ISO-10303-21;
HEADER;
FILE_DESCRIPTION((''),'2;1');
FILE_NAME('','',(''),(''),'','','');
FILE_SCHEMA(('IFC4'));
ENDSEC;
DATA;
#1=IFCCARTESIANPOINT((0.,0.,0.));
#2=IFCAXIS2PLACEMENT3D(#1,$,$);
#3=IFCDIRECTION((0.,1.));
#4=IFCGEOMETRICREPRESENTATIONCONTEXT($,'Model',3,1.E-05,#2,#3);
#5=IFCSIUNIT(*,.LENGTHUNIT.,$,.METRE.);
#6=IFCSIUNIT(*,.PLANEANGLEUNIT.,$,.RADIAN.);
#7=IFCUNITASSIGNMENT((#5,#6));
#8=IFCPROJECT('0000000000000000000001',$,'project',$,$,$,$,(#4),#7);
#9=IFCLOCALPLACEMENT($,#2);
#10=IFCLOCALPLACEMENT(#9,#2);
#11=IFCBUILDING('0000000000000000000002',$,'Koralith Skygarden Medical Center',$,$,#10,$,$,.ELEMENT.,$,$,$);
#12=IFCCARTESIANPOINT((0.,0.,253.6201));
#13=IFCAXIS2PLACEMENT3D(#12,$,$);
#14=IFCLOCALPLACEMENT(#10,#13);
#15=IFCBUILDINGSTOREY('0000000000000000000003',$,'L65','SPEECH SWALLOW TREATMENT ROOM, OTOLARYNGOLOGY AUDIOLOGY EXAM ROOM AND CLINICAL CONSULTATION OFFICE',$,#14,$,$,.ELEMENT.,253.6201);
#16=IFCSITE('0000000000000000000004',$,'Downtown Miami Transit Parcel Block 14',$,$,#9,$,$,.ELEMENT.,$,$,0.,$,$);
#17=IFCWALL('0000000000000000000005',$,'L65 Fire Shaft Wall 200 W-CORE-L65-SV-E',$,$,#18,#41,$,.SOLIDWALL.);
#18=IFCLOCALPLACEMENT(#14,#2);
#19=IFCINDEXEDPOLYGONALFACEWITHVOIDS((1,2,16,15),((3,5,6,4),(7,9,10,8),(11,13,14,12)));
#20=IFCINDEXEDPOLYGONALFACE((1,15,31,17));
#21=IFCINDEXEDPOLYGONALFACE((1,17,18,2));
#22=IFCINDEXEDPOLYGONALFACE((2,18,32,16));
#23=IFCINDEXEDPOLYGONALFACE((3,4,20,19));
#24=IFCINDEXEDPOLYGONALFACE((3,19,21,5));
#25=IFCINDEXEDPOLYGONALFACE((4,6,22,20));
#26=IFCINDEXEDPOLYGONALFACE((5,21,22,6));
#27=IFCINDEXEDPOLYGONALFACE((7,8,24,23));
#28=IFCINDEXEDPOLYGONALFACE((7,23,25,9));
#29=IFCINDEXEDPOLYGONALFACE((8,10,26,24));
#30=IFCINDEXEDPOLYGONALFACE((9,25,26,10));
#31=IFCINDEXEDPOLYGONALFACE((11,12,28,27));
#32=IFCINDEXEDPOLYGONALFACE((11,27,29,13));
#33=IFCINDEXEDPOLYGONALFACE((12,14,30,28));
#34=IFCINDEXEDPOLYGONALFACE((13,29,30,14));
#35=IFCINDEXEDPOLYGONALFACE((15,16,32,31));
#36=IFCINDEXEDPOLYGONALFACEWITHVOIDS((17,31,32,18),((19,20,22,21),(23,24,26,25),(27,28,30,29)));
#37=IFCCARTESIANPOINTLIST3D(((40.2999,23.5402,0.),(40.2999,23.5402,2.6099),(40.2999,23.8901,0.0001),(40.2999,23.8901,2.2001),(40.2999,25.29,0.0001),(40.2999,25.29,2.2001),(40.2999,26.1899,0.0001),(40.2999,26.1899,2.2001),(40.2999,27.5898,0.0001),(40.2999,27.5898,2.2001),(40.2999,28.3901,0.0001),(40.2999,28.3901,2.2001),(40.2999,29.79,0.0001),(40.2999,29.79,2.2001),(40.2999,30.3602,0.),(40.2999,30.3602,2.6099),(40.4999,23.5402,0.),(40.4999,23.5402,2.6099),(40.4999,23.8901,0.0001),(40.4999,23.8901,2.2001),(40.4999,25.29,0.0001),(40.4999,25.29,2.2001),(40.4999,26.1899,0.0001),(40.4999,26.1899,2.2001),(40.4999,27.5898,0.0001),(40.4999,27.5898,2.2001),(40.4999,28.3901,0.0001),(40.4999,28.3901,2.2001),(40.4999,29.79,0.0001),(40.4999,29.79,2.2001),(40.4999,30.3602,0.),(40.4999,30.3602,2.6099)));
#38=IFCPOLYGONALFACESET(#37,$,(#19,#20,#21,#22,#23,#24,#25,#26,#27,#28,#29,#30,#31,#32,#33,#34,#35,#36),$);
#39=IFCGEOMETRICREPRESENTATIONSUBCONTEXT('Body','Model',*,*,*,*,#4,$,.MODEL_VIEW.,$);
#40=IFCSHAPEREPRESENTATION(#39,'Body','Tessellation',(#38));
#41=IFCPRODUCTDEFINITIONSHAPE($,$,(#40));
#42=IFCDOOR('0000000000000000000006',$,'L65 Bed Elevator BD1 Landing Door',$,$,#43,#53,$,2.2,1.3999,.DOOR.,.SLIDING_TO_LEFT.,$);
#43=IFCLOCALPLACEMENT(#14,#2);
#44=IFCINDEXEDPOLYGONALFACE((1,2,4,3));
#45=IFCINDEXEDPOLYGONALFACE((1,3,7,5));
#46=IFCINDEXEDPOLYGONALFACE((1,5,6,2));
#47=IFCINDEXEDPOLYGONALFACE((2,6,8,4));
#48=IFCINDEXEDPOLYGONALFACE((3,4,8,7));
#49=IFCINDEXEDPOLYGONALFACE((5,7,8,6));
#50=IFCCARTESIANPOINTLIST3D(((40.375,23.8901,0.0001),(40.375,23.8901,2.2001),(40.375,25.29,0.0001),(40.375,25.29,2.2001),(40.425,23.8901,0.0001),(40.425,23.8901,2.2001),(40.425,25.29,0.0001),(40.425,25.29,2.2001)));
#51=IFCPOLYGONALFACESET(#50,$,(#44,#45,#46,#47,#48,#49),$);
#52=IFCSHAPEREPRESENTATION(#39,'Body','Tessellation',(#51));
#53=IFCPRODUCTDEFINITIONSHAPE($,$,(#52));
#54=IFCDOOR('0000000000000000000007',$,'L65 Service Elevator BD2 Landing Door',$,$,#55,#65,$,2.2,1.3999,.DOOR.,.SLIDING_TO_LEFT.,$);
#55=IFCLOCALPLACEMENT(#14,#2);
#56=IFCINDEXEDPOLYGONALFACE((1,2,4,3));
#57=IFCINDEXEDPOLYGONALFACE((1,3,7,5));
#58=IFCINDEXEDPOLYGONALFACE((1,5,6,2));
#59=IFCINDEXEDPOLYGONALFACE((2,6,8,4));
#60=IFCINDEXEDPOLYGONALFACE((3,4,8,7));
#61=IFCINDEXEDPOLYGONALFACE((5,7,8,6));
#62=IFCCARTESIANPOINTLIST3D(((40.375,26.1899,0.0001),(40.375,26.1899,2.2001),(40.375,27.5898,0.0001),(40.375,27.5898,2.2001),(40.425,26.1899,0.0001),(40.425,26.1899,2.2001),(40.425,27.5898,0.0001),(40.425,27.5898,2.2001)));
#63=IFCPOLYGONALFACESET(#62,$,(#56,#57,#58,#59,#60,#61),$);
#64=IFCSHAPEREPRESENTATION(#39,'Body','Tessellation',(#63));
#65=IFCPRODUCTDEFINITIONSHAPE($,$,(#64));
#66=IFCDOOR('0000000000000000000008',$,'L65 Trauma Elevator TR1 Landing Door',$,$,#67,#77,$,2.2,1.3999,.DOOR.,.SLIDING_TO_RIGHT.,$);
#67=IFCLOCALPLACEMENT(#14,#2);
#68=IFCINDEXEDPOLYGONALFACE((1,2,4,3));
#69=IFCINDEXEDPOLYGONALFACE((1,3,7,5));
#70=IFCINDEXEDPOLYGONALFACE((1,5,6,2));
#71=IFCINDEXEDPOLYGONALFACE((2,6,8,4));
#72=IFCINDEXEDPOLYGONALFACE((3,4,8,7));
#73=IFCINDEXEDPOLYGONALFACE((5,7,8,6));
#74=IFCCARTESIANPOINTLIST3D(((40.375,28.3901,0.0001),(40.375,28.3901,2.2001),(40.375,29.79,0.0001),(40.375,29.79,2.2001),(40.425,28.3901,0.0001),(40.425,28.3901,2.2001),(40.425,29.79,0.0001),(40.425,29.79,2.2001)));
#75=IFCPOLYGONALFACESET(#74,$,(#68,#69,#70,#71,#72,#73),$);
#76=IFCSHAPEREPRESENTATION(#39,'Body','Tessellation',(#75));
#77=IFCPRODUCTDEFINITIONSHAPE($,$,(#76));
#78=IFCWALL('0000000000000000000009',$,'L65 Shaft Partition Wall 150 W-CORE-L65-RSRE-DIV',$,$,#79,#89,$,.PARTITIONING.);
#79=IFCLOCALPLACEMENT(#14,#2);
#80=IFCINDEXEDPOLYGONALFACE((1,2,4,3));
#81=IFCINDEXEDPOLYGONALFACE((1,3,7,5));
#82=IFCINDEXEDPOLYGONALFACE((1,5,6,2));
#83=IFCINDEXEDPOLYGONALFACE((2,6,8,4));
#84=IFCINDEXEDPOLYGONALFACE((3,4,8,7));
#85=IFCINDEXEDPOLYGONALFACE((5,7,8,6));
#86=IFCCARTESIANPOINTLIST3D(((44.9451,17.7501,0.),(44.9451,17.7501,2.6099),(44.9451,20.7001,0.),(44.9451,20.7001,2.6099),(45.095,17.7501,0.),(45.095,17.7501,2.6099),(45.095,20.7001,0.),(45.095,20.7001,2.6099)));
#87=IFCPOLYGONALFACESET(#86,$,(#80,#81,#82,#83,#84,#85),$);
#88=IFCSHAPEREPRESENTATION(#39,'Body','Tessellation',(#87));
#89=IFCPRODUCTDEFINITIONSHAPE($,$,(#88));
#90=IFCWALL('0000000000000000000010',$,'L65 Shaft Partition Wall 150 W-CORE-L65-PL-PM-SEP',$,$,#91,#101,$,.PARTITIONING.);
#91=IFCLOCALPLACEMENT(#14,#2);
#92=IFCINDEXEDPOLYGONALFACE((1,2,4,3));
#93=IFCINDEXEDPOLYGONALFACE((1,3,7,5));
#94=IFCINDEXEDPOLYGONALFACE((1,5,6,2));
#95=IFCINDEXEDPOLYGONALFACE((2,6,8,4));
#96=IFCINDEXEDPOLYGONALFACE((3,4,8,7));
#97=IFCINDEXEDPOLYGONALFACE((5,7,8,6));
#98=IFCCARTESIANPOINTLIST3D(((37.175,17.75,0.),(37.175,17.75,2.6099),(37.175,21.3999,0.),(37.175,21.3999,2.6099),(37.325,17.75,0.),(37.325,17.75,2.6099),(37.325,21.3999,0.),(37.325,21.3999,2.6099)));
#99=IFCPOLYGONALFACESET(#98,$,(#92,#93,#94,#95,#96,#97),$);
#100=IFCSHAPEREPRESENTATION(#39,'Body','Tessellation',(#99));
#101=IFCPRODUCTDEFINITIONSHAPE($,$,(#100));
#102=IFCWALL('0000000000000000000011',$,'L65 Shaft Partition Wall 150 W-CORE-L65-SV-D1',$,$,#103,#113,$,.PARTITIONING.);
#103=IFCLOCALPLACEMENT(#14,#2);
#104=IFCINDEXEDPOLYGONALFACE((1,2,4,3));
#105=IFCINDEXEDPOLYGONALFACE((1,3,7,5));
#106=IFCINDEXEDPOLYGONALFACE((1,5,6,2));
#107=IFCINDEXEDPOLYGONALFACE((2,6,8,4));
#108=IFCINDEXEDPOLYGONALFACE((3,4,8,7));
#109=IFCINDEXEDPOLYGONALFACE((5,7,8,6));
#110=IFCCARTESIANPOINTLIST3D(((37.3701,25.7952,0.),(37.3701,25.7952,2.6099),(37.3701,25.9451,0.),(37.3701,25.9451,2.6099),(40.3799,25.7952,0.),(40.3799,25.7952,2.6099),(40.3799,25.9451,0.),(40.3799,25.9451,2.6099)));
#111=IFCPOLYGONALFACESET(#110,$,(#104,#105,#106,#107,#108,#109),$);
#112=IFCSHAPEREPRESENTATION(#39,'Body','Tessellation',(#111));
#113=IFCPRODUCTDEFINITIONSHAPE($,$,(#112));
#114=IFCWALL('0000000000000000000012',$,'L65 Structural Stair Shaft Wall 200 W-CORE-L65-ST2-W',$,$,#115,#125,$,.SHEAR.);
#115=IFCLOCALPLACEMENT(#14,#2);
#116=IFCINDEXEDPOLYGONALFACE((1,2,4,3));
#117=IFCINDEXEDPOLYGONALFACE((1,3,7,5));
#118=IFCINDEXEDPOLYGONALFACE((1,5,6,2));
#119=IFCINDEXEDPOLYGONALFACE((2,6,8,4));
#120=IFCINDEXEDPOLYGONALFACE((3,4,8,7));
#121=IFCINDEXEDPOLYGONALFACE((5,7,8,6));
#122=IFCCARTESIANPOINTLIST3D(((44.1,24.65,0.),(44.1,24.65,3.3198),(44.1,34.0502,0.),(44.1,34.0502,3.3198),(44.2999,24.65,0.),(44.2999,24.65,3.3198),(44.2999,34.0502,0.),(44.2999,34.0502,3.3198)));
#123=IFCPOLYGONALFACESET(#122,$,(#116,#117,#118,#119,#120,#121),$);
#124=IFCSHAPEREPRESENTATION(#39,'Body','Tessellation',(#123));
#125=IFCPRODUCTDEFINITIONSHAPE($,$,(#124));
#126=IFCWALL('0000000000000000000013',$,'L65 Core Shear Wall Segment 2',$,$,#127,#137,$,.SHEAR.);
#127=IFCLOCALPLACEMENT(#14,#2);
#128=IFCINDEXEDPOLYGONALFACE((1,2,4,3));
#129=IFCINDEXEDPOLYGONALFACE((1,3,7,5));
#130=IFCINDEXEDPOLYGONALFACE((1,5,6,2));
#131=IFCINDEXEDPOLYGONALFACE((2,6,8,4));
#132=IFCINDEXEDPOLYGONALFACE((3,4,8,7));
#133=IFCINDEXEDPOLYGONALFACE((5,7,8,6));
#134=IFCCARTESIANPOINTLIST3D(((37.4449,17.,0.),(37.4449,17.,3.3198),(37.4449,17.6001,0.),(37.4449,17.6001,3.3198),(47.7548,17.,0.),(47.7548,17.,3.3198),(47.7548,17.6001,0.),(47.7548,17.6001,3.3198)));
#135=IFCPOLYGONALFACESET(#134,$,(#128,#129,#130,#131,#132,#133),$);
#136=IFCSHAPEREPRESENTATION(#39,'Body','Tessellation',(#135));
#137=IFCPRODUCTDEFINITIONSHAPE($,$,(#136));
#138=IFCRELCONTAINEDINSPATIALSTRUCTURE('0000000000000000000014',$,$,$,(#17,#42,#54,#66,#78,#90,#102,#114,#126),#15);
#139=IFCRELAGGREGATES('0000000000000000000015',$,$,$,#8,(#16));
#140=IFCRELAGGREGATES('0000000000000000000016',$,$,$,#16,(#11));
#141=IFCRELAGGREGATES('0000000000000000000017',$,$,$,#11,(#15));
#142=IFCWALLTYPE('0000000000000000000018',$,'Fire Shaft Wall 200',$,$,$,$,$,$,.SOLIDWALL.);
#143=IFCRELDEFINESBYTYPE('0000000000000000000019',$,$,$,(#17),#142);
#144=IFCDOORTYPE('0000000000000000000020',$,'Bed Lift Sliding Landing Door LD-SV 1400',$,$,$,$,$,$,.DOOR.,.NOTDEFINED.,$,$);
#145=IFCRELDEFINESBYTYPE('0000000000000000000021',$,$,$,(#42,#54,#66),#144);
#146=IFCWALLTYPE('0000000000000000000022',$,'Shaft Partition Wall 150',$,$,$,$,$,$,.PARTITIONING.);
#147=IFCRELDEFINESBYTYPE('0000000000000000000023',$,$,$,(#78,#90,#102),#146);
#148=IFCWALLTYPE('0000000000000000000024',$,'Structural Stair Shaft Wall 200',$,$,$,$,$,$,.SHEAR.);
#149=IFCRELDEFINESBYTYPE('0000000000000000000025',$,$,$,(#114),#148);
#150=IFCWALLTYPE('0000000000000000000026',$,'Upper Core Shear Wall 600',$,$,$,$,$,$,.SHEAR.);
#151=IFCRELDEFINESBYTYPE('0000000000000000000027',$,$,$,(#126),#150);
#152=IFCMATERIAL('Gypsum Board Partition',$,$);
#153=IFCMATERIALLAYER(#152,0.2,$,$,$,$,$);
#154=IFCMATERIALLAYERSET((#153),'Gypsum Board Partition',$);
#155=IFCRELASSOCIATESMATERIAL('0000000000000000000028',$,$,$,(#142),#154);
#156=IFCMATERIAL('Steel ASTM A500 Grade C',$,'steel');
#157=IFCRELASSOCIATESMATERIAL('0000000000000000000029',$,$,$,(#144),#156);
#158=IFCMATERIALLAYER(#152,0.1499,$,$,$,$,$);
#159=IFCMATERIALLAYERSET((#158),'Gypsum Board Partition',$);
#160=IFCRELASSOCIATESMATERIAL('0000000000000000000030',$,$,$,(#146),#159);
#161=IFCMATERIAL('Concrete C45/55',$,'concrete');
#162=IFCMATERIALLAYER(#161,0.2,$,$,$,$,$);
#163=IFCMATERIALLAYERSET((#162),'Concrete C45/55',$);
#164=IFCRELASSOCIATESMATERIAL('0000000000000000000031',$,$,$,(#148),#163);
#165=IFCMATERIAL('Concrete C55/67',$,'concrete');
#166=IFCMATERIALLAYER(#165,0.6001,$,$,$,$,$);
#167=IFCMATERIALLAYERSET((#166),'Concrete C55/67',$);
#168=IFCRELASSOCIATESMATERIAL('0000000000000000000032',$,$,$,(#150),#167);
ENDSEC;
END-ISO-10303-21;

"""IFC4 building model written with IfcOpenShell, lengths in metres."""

from ifc_helpers import new_model, si_unit, direction, frame, frame_2d, origin, place, context, subcontext, project, spatial, rectangle, extrude, material, layer, layer_set, type_object, element, fill, save


model = new_model("IFC4")

# Units and contexts
model_context = context("Model", 3, precision=1e-05, world=origin(), true_north=direction((0.0, 1.0)))
body_context = subcontext(model_context, "Body", "Model", "MODEL_VIEW")
ifc_project = project(units=[si_unit("LENGTHUNIT", "METRE"), si_unit("PLANEANGLEUNIT", "RADIAN")], contexts=[model_context])

# Site, building, storey
site_placement = place(None, origin())
site = spatial("IfcSite", under=ifc_project, at=site_placement, Name="Downtown Miami Transit Parcel Block 14", CompositionType="ELEMENT", RefElevation=0.0)
building_placement = place(site_placement, origin())
building = spatial("IfcBuilding", under=site, at=building_placement, Name="Koralith Skygarden Medical Center", CompositionType="ELEMENT")
storey_placement = place(building_placement, frame((0.0, 0.0, 253.6201)))
storey = spatial("IfcBuildingStorey", under=building, at=storey_placement, Name="L65", Description="SPEECH SWALLOW TREATMENT ROOM, OTOLARYNGOLOGY AUDIOLOGY EXAM ROOM AND CLINICAL CONSULTATION OFFICE", CompositionType="ELEMENT", Elevation=253.6201)

# Shared definitions
ifc_material_1 = material(Name="Concrete C55/67", Category="concrete")

# Shared definitions
ifc_material_2 = material(Name="Concrete C45/55", Category="concrete")

# Shared definitions
ifc_material_3 = material(Name="Gypsum Board Partition")

# Shared definitions
ifc_layer_1 = layer(ifc_material_3, 0.2)
ifc_layer_set_1 = layer_set([ifc_layer_1], Name="Gypsum Board Partition")
wall_type_1 = type_object("IfcWallType", Name="Fire Shaft Wall 200", PredefinedType="SOLIDWALL", material=ifc_layer_set_1)
ifc_material_4 = material(Name="Steel ASTM A500 Grade C", Category="steel")

# Wall, openings, doors
wall_1_placement = place(storey_placement, frame((40.3999, 23.54, 0.0), z_axis=(0.0, 0.0, 1.0), x_axis=(0.0, 1.0, 0.0)))
wall_1 = element("IfcWall", 1, at=wall_1_placement, inside=storey, type_object=wall_type_1, Name="L65 Fire Shaft Wall 200 W-CORE-L65-SV-E", PredefinedType="SOLIDWALL", context=body_context, shape_type="SweptSolid", body=[
    extrude(rectangle(XDim=6.8201, YDim=0.2, at=frame_2d((3.4102, 0.0))), origin(), (0.0, 0.0, 1.0), 2.6099),
])
opening_1_placement = place(wall_1_placement, frame((0.3501, 0.0, 0.0)))
opening_1 = element("IfcOpeningElement", 2, at=opening_1_placement, cuts=wall_1, PredefinedType="OPENING", context=body_context, shape_type="SweptSolid", body=[
    extrude(rectangle(XDim=1.3999, YDim=2.2, at=frame_2d((0.7, 1.1001))), frame((0.0, 0.1099, 0.0), z_axis=(0.0, -1.0, 0.0), x_axis=(1.0, 0.0, 0.0)), (0.0, 0.0, 1.0), 0.22),
])
opening_2_placement = place(wall_1_placement, frame((2.6499, 0.0, 0.0)))
opening_2 = element("IfcOpeningElement", 3, at=opening_2_placement, cuts=wall_1, PredefinedType="OPENING", context=body_context, shape_type="SweptSolid", body=[
    extrude(rectangle(XDim=1.3999, YDim=2.2, at=frame_2d((0.7, 1.1001))), frame((0.0, 0.1099, 0.0), z_axis=(0.0, -1.0, 0.0), x_axis=(1.0, 0.0, 0.0)), (0.0, 0.0, 1.0), 0.22),
])
opening_3_placement = place(wall_1_placement, frame((4.8501, 0.0, 0.0)))
opening_3 = element("IfcOpeningElement", 4, at=opening_3_placement, cuts=wall_1, PredefinedType="OPENING", context=body_context, shape_type="SweptSolid", body=[
    extrude(rectangle(XDim=1.3999, YDim=2.2, at=frame_2d((0.7, 1.1001))), frame((0.0, 0.1099, 0.0), z_axis=(0.0, -1.0, 0.0), x_axis=(1.0, 0.0, 0.0)), (0.0, 0.0, 1.0), 0.22),
])
door_type_1 = type_object("IfcDoorType", Name="Bed Lift Sliding Landing Door LD-SV 1400", OperationType="NOTDEFINED", PredefinedType="DOOR", material=ifc_material_4)
door_1_placement = place(opening_1_placement, origin())
door_1 = element("IfcDoor", 5, at=door_1_placement, inside=storey, type_object=door_type_1, Name="L65 Bed Elevator BD1 Landing Door", OperationType="SLIDING_TO_LEFT", OverallHeight=2.2, OverallWidth=1.3999, PredefinedType="DOOR", context=body_context, shape_type="SweptSolid", body=[
    extrude(rectangle(XDim=1.3999, YDim=2.2, at=frame_2d((0.7, 1.1001))), frame((0.0, 0.0249, 0.0), z_axis=(0.0, -1.0, 0.0), x_axis=(1.0, 0.0, 0.0)), (0.0, 0.0, 1.0), 0.05),
])
fill(opening_1, door_1)
door_2_placement = place(opening_2_placement, origin())
door_2 = element("IfcDoor", 6, at=door_2_placement, inside=storey, type_object=door_type_1, Name="L65 Service Elevator BD2 Landing Door", OperationType="SLIDING_TO_LEFT", OverallHeight=2.2, OverallWidth=1.3999, PredefinedType="DOOR", context=body_context, shape_type="SweptSolid", body=[
    extrude(rectangle(XDim=1.3999, YDim=2.2, at=frame_2d((0.7, 1.1001))), frame((0.0, 0.0249, 0.0), z_axis=(0.0, -1.0, 0.0), x_axis=(1.0, 0.0, 0.0)), (0.0, 0.0, 1.0), 0.05),
])
fill(opening_2, door_2)
door_3_placement = place(opening_3_placement, origin())
door_3 = element("IfcDoor", 7, at=door_3_placement, inside=storey, type_object=door_type_1, Name="L65 Trauma Elevator TR1 Landing Door", OperationType="SLIDING_TO_RIGHT", OverallHeight=2.2, OverallWidth=1.3999, PredefinedType="DOOR", context=body_context, shape_type="SweptSolid", body=[
    extrude(rectangle(XDim=1.3999, YDim=2.2, at=frame_2d((0.7, 1.1001))), frame((0.0, 0.0249, 0.0), z_axis=(0.0, -1.0, 0.0), x_axis=(1.0, 0.0, 0.0)), (0.0, 0.0, 1.0), 0.05),
])
fill(opening_3, door_3)

# Walls
ifc_layer_2 = layer(ifc_material_3, 0.1499)
ifc_layer_set_2 = layer_set([ifc_layer_2], Name="Gypsum Board Partition")
wall_type_2 = type_object("IfcWallType", Name="Shaft Partition Wall 150", PredefinedType="PARTITIONING", material=ifc_layer_set_2)
wall_2_placement = place(storey_placement, frame((45.02, 17.75, 0.0), z_axis=(0.0, 0.0, 1.0), x_axis=(0.0, 1.0, 0.0)))
element("IfcWall", 8, at=wall_2_placement, inside=storey, type_object=wall_type_2, Name="L65 Shaft Partition Wall 150 W-CORE-L65-RSRE-DIV", PredefinedType="PARTITIONING", context=body_context, shape_type="SweptSolid", body=[
    extrude(rectangle(XDim=2.95, YDim=0.1499, at=frame_2d((1.4751, 0.0))), origin(), (0.0, 0.0, 1.0), 2.6099),
])
wall_3_placement = place(storey_placement, frame((37.25, 17.75, 0.0), z_axis=(0.0, 0.0, 1.0), x_axis=(0.0, 1.0, 0.0)))
element("IfcWall", 9, at=wall_3_placement, inside=storey, type_object=wall_type_2, Name="L65 Shaft Partition Wall 150 W-CORE-L65-PL-PM-SEP", PredefinedType="PARTITIONING", context=body_context, shape_type="SweptSolid", body=[
    extrude(rectangle(XDim=3.6499, YDim=0.1499, at=frame_2d((1.825, 0.0))), origin(), (0.0, 0.0, 1.0), 2.6099),
])
wall_4_placement = place(storey_placement, frame((37.3701, 25.8701, 0.0), z_axis=(0.0, 0.0, 1.0), x_axis=(1.0, 0.0, 0.0)))
element("IfcWall", 10, at=wall_4_placement, inside=storey, type_object=wall_type_2, Name="L65 Shaft Partition Wall 150 W-CORE-L65-SV-D1", PredefinedType="PARTITIONING", context=body_context, shape_type="SweptSolid", body=[
    extrude(rectangle(XDim=3.0098, YDim=0.1499, at=frame_2d((1.5049, 0.0))), origin(), (0.0, 0.0, 1.0), 2.6099),
])
ifc_layer_3 = layer(ifc_material_2, 0.2)
ifc_layer_set_3 = layer_set([ifc_layer_3], Name="Concrete C45/55")
wall_type_3 = type_object("IfcWallType", Name="Structural Stair Shaft Wall 200", PredefinedType="SHEAR", material=ifc_layer_set_3)
wall_5_placement = place(storey_placement, frame((44.2, 24.6499, 0.0), z_axis=(0.0, 0.0, 1.0), x_axis=(0.0, 1.0, 0.0)))
element("IfcWall", 11, at=wall_5_placement, inside=storey, type_object=wall_type_3, Name="L65 Structural Stair Shaft Wall 200 W-CORE-L65-ST2-W", PredefinedType="SHEAR", context=body_context, shape_type="SweptSolid", body=[
    extrude(rectangle(XDim=9.4001, YDim=0.2, at=frame_2d((4.7002, 0.0))), origin(), (0.0, 0.0, 1.0), 3.3198),
])

# Wall
ifc_layer_4 = layer(ifc_material_1, 0.6001)
ifc_layer_set_4 = layer_set([ifc_layer_4], Name="Concrete C55/67")
wall_type_4 = type_object("IfcWallType", Name="Upper Core Shear Wall 600", PredefinedType="SHEAR", material=ifc_layer_set_4)
wall_6_placement = place(storey_placement, frame((37.4451, 17.3, 0.0), z_axis=(0.0, 0.0, 1.0), x_axis=(1.0, 0.0, 0.0)))
element("IfcWall", 12, at=wall_6_placement, inside=storey, type_object=wall_type_4, Name="L65 Core Shear Wall Segment 2", PredefinedType="SHEAR", context=body_context, shape_type="SweptSolid", body=[
    extrude(rectangle(XDim=10.3098, YDim=0.6001, at=frame_2d((5.1548, 0.0))), origin(), (0.0, 0.0, 1.0), 3.3198),
])

save(model, "model.ifc")
